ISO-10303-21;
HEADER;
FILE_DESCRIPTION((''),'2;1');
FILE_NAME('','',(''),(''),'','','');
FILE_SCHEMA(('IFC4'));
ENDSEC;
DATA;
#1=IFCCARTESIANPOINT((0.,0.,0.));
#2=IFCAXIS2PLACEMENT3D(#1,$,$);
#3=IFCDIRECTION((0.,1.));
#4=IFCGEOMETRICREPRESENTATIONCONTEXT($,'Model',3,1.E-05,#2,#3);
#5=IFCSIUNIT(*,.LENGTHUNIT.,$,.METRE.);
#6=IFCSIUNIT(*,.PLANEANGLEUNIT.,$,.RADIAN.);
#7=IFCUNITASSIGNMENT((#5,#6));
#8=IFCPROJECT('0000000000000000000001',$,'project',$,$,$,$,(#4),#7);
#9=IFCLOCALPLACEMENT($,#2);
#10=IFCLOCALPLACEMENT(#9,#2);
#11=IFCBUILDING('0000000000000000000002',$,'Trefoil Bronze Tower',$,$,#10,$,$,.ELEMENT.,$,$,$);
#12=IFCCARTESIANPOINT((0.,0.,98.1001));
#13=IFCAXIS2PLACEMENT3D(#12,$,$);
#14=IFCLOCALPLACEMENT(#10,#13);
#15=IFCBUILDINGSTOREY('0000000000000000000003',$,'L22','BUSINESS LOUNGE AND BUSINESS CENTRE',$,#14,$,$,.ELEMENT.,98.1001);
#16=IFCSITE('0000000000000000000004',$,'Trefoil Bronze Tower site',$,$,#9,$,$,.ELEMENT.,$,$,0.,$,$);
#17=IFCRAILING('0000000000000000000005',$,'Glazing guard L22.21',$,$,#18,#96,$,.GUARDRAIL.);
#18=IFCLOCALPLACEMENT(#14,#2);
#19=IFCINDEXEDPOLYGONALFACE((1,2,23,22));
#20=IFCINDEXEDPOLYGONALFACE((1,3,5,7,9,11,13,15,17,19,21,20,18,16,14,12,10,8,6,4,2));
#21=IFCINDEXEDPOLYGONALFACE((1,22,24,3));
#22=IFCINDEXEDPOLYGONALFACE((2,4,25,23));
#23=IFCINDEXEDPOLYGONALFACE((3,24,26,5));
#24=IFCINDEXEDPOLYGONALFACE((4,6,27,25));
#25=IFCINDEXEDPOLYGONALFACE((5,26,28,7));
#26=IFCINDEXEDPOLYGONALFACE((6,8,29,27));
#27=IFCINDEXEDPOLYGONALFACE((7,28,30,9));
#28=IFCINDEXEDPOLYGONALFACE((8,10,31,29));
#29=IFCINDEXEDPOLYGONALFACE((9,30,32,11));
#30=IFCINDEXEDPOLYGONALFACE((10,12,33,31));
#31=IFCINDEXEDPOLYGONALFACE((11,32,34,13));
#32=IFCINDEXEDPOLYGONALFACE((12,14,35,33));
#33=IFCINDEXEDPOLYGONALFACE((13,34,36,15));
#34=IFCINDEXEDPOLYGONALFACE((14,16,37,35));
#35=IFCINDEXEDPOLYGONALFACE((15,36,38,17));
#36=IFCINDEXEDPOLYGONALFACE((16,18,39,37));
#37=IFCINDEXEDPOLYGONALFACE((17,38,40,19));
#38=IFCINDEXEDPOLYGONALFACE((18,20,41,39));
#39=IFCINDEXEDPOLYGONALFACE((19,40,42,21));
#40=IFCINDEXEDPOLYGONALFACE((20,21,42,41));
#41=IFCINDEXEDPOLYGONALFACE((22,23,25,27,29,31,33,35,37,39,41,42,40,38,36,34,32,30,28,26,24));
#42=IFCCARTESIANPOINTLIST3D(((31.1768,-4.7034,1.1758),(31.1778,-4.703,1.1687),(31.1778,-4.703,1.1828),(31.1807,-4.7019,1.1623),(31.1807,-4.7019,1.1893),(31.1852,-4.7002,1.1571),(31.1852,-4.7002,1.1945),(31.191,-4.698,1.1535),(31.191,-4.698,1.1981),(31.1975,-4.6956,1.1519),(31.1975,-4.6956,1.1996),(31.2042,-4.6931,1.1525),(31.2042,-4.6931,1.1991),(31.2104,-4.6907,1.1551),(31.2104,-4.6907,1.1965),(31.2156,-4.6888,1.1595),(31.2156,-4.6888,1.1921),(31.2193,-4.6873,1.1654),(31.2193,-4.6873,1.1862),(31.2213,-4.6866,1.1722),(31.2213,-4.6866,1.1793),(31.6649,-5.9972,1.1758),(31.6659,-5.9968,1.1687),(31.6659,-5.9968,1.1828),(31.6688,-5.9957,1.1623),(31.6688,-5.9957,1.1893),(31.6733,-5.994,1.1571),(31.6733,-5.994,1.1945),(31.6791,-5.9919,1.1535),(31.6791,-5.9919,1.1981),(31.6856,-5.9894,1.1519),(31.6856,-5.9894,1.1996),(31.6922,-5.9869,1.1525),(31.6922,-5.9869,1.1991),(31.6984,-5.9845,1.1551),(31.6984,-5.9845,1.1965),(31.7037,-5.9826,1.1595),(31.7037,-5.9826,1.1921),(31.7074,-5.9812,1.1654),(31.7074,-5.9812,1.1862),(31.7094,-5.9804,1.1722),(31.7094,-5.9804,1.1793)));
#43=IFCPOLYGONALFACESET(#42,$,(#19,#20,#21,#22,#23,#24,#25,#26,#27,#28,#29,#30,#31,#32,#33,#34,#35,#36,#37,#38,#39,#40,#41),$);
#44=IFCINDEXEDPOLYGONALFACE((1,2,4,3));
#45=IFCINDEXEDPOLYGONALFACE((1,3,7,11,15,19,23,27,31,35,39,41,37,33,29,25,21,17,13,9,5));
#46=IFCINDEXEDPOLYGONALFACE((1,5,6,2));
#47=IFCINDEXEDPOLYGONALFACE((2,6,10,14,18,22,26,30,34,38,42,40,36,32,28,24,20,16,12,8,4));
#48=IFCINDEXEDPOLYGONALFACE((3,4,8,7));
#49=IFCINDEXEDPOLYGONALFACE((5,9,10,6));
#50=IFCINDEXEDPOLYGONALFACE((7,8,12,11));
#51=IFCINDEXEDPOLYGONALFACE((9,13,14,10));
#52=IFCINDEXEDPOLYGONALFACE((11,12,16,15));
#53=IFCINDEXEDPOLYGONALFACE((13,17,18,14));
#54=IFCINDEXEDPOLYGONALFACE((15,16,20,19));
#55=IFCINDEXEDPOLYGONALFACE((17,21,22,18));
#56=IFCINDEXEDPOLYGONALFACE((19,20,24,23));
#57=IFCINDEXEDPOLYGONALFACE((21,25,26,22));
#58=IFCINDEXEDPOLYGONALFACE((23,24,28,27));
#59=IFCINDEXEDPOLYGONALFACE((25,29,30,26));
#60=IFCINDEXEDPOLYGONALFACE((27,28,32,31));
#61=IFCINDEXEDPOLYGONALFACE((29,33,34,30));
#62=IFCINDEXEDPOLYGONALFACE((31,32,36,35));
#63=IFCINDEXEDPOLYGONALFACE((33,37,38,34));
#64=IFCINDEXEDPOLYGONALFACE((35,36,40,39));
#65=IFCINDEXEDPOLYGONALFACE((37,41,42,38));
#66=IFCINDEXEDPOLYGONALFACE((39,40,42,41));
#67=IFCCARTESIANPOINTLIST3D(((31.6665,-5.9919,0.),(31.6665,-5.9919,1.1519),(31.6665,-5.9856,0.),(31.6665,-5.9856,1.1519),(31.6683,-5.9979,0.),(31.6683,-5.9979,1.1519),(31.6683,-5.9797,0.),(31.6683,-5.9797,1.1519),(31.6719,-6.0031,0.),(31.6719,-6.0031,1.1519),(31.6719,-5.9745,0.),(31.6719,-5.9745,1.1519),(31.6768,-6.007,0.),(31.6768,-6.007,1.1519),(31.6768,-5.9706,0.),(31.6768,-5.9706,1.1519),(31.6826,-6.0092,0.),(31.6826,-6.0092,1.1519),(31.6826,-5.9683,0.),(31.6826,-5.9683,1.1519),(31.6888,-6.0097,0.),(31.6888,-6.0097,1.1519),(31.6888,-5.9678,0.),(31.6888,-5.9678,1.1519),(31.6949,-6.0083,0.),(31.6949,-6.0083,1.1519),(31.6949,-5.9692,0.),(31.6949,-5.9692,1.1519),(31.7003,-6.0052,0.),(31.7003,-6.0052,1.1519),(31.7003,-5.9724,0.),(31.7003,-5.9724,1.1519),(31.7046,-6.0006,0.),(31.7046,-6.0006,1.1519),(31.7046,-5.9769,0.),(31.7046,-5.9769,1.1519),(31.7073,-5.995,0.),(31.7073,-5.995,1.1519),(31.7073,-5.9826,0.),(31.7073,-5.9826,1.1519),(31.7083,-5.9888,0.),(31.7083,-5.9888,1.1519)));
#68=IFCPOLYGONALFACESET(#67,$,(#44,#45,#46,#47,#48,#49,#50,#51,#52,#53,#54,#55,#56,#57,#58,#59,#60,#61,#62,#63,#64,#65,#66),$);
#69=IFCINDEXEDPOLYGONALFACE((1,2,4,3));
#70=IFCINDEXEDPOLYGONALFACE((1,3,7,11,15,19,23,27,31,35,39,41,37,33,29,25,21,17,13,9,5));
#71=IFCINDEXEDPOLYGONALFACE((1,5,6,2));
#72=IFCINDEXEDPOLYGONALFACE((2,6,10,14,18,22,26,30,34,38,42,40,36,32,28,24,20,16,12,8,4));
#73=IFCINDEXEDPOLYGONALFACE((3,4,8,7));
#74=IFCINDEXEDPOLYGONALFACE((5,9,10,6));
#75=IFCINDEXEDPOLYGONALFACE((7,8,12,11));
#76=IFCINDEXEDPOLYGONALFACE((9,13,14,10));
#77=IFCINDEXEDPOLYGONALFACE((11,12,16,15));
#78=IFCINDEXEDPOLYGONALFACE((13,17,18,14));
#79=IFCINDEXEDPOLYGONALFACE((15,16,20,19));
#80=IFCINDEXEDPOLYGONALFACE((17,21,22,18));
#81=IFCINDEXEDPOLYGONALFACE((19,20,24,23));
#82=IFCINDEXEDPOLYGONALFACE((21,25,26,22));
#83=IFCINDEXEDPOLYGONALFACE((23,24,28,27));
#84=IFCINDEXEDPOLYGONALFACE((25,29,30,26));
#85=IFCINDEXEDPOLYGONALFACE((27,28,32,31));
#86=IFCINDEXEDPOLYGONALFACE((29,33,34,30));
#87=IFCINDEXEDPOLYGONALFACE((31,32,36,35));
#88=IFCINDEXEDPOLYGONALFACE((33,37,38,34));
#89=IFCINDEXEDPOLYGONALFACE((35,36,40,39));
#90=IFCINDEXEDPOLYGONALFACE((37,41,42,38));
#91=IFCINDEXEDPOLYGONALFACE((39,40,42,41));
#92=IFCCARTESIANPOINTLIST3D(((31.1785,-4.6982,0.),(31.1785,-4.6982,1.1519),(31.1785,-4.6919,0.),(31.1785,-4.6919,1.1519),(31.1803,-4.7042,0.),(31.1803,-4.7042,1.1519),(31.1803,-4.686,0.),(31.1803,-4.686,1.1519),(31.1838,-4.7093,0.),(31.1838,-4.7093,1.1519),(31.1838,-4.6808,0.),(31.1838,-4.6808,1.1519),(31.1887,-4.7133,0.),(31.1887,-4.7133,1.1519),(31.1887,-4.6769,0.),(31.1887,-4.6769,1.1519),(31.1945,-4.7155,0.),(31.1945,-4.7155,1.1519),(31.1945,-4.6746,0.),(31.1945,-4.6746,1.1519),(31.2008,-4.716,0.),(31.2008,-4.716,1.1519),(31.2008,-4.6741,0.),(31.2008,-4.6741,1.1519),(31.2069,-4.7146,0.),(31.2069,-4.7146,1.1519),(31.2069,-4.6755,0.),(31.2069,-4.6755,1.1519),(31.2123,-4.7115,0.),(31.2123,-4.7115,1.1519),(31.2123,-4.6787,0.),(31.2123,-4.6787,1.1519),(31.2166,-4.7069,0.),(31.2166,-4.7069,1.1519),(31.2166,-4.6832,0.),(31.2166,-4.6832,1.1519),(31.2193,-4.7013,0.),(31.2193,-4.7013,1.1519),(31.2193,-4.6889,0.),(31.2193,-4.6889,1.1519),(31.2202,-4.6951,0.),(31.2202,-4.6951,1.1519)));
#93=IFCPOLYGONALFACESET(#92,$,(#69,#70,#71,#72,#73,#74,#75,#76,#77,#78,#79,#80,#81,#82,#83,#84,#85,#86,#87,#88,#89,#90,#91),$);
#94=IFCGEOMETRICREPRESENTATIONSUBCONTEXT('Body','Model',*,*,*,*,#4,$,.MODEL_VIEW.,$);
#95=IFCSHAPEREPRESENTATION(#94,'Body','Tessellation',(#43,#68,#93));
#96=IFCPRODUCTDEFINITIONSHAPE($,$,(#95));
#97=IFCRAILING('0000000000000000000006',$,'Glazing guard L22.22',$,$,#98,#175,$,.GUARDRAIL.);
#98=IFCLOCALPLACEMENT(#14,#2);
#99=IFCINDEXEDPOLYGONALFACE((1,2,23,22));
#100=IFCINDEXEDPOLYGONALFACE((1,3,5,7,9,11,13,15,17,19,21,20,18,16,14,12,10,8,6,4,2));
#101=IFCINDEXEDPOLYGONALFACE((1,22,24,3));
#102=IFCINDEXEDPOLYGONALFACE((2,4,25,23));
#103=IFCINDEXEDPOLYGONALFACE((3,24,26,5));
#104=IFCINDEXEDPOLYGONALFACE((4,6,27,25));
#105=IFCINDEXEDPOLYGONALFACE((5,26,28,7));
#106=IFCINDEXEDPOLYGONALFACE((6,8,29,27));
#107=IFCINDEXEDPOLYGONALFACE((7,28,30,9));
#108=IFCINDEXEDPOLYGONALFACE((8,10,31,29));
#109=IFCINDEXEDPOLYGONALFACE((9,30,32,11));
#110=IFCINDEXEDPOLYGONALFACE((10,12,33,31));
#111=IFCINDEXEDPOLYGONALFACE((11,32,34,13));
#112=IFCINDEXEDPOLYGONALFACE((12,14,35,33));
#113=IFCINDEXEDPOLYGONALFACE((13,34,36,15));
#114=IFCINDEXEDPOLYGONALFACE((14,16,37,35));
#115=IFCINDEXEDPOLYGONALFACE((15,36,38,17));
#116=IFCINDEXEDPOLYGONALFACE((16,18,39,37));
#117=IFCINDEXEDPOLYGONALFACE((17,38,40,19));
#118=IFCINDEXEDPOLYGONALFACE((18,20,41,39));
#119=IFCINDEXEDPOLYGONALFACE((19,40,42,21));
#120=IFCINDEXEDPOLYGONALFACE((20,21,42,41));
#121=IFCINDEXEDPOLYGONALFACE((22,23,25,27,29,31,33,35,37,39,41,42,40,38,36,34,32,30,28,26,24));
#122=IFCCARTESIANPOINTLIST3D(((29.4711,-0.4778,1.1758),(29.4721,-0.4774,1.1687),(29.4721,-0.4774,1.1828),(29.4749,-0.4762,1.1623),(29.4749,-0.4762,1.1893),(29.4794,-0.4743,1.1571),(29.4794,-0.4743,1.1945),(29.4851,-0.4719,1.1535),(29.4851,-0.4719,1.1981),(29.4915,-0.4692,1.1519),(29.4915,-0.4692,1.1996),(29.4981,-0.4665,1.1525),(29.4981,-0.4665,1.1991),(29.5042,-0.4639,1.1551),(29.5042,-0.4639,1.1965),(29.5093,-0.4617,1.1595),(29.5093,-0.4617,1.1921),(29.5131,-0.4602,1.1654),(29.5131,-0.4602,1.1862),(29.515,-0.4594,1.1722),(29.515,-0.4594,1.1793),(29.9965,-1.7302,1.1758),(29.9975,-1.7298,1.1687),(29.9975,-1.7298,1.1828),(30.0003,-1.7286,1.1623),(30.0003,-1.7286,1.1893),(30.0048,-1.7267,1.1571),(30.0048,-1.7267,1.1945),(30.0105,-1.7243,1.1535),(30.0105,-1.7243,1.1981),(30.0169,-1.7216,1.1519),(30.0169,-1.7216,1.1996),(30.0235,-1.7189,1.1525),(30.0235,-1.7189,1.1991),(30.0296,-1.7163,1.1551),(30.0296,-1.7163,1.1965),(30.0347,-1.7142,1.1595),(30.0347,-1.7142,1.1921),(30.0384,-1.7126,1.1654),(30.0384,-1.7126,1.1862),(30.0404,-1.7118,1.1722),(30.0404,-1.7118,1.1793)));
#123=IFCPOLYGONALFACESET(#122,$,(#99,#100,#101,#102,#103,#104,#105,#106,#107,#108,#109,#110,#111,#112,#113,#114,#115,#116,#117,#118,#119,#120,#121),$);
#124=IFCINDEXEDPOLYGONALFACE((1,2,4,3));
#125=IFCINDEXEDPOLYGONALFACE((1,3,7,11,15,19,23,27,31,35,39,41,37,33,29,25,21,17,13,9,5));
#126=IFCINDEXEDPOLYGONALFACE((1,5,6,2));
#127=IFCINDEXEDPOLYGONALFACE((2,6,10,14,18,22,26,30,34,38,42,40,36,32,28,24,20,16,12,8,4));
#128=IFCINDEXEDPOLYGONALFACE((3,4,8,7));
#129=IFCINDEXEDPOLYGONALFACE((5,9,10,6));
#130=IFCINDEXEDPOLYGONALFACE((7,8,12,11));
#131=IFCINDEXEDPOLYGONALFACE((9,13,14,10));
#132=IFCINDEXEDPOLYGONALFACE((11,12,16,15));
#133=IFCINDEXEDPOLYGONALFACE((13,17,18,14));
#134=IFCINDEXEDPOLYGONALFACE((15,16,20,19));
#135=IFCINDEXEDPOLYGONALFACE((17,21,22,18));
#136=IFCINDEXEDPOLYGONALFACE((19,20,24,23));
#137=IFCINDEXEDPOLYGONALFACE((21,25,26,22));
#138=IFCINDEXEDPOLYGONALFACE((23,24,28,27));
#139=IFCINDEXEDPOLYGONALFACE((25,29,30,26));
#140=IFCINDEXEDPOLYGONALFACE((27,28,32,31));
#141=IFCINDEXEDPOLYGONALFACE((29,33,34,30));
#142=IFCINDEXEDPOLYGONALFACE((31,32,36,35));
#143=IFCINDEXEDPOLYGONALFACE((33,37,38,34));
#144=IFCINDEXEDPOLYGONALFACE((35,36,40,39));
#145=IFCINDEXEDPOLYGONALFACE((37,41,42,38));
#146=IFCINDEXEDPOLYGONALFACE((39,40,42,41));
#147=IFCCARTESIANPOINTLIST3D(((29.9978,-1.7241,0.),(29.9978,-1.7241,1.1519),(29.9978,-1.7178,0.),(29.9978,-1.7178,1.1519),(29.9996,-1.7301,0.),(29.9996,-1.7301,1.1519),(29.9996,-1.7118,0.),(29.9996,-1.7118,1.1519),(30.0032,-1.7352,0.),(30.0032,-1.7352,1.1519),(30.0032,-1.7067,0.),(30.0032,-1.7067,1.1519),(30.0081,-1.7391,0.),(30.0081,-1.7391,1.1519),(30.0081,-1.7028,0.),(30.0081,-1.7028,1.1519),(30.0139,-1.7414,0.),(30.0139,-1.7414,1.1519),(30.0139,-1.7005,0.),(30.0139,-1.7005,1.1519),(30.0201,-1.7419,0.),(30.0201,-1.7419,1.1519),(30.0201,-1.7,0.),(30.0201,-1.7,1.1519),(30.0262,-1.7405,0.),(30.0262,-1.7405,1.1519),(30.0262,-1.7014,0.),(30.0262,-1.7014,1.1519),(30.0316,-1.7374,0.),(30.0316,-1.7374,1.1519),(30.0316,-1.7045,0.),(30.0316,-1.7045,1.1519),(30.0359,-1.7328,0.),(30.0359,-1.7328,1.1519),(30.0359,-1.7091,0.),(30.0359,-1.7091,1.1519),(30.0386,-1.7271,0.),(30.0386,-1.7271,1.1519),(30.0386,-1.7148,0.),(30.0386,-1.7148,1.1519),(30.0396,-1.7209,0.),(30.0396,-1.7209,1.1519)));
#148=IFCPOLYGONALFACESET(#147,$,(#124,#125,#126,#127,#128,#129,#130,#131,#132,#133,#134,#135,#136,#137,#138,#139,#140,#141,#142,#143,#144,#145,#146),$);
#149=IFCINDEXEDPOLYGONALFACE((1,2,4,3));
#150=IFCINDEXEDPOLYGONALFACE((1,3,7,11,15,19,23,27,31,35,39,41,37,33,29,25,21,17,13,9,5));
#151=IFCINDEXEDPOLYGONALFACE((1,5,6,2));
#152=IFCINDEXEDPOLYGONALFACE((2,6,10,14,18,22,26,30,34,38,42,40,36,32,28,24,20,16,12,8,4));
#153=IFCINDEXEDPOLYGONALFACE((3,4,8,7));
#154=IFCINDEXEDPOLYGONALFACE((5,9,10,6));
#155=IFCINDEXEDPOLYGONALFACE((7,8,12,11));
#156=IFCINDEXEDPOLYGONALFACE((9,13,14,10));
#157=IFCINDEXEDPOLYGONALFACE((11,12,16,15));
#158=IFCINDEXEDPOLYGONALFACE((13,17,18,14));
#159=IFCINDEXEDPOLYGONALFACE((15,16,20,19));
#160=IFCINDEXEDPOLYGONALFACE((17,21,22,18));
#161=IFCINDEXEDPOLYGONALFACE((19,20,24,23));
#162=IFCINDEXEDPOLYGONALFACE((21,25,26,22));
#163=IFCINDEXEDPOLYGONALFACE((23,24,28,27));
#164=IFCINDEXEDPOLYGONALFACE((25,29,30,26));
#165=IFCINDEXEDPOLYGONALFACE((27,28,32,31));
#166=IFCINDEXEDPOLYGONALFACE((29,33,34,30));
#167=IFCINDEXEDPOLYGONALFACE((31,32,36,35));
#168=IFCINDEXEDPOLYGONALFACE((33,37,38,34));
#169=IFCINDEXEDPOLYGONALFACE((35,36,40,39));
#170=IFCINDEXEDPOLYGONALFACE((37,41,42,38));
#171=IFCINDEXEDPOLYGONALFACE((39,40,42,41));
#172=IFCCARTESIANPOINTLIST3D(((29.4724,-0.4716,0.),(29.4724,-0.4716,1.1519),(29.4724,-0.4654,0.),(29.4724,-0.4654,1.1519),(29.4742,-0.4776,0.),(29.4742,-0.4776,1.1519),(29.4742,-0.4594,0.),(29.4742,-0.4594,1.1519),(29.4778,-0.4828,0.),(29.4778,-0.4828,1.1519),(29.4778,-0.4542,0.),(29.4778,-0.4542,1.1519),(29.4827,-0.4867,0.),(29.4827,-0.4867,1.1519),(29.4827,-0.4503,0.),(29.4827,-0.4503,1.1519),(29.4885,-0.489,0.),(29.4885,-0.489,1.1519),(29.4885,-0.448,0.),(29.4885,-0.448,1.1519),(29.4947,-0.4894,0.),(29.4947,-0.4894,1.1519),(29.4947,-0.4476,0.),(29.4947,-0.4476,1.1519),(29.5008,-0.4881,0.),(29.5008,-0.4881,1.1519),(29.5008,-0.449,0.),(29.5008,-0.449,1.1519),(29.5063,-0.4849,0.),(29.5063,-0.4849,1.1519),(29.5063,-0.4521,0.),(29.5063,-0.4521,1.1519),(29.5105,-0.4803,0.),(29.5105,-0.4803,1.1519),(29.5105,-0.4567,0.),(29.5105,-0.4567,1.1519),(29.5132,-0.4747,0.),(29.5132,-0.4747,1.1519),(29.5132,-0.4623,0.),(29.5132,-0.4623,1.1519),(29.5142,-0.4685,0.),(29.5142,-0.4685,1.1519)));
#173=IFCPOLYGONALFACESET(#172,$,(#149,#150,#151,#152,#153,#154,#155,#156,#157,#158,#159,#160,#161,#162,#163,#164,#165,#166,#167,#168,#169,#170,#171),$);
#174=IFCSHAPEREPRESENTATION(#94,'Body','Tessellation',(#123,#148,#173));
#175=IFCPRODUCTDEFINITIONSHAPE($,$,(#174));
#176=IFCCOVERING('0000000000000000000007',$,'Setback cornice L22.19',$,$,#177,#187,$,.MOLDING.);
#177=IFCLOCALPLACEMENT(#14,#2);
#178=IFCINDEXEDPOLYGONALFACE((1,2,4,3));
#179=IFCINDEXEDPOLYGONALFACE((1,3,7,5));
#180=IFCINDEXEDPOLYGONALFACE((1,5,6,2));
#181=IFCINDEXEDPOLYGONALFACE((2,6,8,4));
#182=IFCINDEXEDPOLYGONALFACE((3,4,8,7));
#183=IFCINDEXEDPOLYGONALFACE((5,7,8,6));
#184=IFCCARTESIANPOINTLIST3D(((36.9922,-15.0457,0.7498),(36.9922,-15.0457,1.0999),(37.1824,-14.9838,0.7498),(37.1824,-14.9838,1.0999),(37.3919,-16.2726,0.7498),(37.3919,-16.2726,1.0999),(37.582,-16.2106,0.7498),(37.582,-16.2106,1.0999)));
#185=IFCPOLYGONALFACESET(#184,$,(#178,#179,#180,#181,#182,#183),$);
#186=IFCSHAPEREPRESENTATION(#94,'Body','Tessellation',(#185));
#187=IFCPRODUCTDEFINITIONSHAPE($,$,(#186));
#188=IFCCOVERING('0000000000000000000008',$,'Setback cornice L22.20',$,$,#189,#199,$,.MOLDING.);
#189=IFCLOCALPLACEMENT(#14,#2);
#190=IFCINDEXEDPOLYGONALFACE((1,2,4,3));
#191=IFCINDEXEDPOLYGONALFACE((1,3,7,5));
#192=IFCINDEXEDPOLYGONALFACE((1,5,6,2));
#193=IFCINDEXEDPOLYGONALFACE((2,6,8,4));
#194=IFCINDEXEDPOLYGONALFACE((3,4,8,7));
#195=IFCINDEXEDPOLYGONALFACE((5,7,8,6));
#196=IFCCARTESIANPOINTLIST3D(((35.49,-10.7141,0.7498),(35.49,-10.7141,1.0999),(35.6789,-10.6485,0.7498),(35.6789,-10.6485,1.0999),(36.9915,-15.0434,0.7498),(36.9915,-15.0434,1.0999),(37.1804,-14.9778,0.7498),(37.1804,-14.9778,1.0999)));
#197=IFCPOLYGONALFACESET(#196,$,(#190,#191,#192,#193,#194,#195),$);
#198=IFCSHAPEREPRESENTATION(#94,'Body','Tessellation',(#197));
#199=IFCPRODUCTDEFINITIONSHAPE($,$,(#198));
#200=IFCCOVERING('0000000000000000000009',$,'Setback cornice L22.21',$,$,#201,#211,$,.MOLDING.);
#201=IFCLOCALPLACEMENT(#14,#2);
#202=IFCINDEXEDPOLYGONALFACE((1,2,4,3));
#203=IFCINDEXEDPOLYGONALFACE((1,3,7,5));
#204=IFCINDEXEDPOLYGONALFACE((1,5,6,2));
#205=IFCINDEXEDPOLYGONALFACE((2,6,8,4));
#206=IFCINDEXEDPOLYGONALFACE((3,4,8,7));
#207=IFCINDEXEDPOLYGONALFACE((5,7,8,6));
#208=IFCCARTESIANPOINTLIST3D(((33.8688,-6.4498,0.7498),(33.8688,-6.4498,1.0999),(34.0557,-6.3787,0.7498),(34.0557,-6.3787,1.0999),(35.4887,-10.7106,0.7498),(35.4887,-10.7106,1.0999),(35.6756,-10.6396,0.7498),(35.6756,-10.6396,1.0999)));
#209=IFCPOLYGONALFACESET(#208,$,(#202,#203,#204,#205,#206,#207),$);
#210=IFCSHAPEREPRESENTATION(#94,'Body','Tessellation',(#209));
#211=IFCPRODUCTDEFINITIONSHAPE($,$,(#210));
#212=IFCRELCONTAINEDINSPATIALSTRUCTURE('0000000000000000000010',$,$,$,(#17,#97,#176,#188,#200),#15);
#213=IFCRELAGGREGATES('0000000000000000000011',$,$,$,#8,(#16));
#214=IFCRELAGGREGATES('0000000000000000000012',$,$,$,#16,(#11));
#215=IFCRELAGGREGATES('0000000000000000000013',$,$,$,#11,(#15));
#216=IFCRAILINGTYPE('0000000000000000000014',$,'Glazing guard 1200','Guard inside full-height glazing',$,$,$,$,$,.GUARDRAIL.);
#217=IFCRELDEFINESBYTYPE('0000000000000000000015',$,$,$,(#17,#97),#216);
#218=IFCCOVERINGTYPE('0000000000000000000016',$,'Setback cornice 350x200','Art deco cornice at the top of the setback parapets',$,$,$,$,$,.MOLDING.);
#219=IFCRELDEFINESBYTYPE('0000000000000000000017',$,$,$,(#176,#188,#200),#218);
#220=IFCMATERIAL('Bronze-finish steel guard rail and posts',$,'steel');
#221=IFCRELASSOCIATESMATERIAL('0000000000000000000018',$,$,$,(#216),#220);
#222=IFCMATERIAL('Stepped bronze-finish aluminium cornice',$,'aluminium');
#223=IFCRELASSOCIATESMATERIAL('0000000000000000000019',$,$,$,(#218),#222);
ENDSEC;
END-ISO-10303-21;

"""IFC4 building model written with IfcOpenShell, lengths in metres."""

from ifc_helpers import new_model, si_unit, direction, frame, origin, origin_2d, place, context, subcontext, project, spatial, rectangle, circle, extrude, material, type_object, element, save


model = new_model("IFC4")

# Units and contexts
model_context = context("Model", 3, precision=1e-05, world=origin(), true_north=direction((0.0, 1.0)))
body_context = subcontext(model_context, "Body", "Model", "MODEL_VIEW")
ifc_project = project(units=[si_unit("LENGTHUNIT", "METRE"), si_unit("PLANEANGLEUNIT", "RADIAN")], contexts=[model_context])

# Site, building, storey
site_placement = place(None, origin())
site = spatial("IfcSite", under=ifc_project, at=site_placement, Name="Trefoil Bronze Tower site", CompositionType="ELEMENT", RefElevation=0.0)
building_placement = place(site_placement, origin())
building = spatial("IfcBuilding", under=site, at=building_placement, Name="Trefoil Bronze Tower", CompositionType="ELEMENT")
storey_placement = place(building_placement, frame((0.0, 0.0, 98.1001)))
storey = spatial("IfcBuildingStorey", under=building, at=storey_placement, Name="L22", Description="BUSINESS LOUNGE AND BUSINESS CENTRE", CompositionType="ELEMENT", Elevation=98.1001)

# Railings
ifc_material_1 = material(Name="Bronze-finish steel guard rail and posts", Category="steel")
railing_type = type_object("IfcRailingType", Name="Glazing guard 1200", Description="Guard inside full-height glazing", PredefinedType="GUARDRAIL", material=ifc_material_1)
railing_1_placement = place(storey_placement, frame((31.6873, -5.9888, 0.0)))
element("IfcRailing", 1, at=railing_1_placement, inside=storey, type_object=railing_type, Name="Glazing guard L22.21", PredefinedType="GUARDRAIL", context=body_context, shape_type="SweptSolid", body=[
    extrude(circle(Radius=0.0239, at=origin_2d()), frame((0.0, 0.0, 1.1758), z_axis=(-0.352961, 0.935638, 0.0), x_axis=(-0.935638, -0.352961, 0.0)), (0.0, 0.0, 1.0), 1.3828),
    extrude(circle(Radius=0.021, at=origin_2d()), origin(), (0.0, 0.0, 1.0), 1.1519),
    extrude(circle(Radius=0.021, at=origin_2d()), frame((-0.488, 1.2937, 0.0)), (0.0, 0.0, 1.0), 1.1519),
])
railing_2_placement = place(storey_placement, frame((30.0186, -1.7209, 0.0)))
element("IfcRailing", 2, at=railing_2_placement, inside=storey, type_object=railing_type, Name="Glazing guard L22.22", PredefinedType="GUARDRAIL", context=body_context, shape_type="SweptSolid", body=[
    extrude(circle(Radius=0.0239, at=origin_2d()), frame((0.0, 0.0, 1.1758), z_axis=(-0.386835, 0.922149, 0.0), x_axis=(-0.922149, -0.386835, 0.0)), (0.0, 0.0, 1.0), 1.3582),
    extrude(circle(Radius=0.021, at=origin_2d()), origin(), (0.0, 0.0, 1.0), 1.1519),
    extrude(circle(Radius=0.021, at=origin_2d()), frame((-0.5254, 1.2524, 0.0)), (0.0, 0.0, 1.0), 1.1519),
])

# Coverings
ifc_material_2 = material(Name="Stepped bronze-finish aluminium cornice", Category="aluminium")
covering_type = type_object("IfcCoveringType", Name="Setback cornice 350x200", Description="Art deco cornice at the top of the setback parapets", PredefinedType="MOLDING", material=ifc_material_2)
covering_1_placement = place(storey_placement, frame((37.2871, -15.6282, 0.7498), z_axis=(0.0, 0.0, 1.0), x_axis=(-0.309728, 0.950825, 0.0)))
element("IfcCovering", 3, at=covering_1_placement, inside=storey, type_object=covering_type, Name="Setback cornice L22.19", PredefinedType="MOLDING", context=body_context, shape_type="SweptSolid", body=[
    extrude(rectangle(XDim=1.2903, YDim=0.2, at=origin_2d()), origin(), (0.0, 0.0, 1.0), 0.3501),
])
covering_2_placement = place(storey_placement, frame((36.3352, -12.8459, 0.7498), z_axis=(0.0, 0.0, 1.0), x_axis=(-0.327674, 0.944791, 0.0)))
element("IfcCovering", 4, at=covering_2_placement, inside=storey, type_object=covering_type, Name="Setback cornice L22.20", PredefinedType="MOLDING", context=body_context, shape_type="SweptSolid", body=[
    extrude(rectangle(XDim=4.5823, YDim=0.2, at=origin_2d()), origin(), (0.0, 0.0, 1.0), 0.3501),
])
covering_3_placement = place(storey_placement, frame((34.7722, -8.5447, 0.7498), z_axis=(0.0, 0.0, 1.0), x_axis=(-0.355371, 0.934725, 0.0)))
element("IfcCovering", 5, at=covering_3_placement, inside=storey, type_object=covering_type, Name="Setback cornice L22.21", PredefinedType="MOLDING", context=body_context, shape_type="SweptSolid", body=[
    extrude(rectangle(XDim=4.5583, YDim=0.2, at=origin_2d()), origin(), (0.0, 0.0, 1.0), 0.3501),
])

save(model, "model.ifc")
